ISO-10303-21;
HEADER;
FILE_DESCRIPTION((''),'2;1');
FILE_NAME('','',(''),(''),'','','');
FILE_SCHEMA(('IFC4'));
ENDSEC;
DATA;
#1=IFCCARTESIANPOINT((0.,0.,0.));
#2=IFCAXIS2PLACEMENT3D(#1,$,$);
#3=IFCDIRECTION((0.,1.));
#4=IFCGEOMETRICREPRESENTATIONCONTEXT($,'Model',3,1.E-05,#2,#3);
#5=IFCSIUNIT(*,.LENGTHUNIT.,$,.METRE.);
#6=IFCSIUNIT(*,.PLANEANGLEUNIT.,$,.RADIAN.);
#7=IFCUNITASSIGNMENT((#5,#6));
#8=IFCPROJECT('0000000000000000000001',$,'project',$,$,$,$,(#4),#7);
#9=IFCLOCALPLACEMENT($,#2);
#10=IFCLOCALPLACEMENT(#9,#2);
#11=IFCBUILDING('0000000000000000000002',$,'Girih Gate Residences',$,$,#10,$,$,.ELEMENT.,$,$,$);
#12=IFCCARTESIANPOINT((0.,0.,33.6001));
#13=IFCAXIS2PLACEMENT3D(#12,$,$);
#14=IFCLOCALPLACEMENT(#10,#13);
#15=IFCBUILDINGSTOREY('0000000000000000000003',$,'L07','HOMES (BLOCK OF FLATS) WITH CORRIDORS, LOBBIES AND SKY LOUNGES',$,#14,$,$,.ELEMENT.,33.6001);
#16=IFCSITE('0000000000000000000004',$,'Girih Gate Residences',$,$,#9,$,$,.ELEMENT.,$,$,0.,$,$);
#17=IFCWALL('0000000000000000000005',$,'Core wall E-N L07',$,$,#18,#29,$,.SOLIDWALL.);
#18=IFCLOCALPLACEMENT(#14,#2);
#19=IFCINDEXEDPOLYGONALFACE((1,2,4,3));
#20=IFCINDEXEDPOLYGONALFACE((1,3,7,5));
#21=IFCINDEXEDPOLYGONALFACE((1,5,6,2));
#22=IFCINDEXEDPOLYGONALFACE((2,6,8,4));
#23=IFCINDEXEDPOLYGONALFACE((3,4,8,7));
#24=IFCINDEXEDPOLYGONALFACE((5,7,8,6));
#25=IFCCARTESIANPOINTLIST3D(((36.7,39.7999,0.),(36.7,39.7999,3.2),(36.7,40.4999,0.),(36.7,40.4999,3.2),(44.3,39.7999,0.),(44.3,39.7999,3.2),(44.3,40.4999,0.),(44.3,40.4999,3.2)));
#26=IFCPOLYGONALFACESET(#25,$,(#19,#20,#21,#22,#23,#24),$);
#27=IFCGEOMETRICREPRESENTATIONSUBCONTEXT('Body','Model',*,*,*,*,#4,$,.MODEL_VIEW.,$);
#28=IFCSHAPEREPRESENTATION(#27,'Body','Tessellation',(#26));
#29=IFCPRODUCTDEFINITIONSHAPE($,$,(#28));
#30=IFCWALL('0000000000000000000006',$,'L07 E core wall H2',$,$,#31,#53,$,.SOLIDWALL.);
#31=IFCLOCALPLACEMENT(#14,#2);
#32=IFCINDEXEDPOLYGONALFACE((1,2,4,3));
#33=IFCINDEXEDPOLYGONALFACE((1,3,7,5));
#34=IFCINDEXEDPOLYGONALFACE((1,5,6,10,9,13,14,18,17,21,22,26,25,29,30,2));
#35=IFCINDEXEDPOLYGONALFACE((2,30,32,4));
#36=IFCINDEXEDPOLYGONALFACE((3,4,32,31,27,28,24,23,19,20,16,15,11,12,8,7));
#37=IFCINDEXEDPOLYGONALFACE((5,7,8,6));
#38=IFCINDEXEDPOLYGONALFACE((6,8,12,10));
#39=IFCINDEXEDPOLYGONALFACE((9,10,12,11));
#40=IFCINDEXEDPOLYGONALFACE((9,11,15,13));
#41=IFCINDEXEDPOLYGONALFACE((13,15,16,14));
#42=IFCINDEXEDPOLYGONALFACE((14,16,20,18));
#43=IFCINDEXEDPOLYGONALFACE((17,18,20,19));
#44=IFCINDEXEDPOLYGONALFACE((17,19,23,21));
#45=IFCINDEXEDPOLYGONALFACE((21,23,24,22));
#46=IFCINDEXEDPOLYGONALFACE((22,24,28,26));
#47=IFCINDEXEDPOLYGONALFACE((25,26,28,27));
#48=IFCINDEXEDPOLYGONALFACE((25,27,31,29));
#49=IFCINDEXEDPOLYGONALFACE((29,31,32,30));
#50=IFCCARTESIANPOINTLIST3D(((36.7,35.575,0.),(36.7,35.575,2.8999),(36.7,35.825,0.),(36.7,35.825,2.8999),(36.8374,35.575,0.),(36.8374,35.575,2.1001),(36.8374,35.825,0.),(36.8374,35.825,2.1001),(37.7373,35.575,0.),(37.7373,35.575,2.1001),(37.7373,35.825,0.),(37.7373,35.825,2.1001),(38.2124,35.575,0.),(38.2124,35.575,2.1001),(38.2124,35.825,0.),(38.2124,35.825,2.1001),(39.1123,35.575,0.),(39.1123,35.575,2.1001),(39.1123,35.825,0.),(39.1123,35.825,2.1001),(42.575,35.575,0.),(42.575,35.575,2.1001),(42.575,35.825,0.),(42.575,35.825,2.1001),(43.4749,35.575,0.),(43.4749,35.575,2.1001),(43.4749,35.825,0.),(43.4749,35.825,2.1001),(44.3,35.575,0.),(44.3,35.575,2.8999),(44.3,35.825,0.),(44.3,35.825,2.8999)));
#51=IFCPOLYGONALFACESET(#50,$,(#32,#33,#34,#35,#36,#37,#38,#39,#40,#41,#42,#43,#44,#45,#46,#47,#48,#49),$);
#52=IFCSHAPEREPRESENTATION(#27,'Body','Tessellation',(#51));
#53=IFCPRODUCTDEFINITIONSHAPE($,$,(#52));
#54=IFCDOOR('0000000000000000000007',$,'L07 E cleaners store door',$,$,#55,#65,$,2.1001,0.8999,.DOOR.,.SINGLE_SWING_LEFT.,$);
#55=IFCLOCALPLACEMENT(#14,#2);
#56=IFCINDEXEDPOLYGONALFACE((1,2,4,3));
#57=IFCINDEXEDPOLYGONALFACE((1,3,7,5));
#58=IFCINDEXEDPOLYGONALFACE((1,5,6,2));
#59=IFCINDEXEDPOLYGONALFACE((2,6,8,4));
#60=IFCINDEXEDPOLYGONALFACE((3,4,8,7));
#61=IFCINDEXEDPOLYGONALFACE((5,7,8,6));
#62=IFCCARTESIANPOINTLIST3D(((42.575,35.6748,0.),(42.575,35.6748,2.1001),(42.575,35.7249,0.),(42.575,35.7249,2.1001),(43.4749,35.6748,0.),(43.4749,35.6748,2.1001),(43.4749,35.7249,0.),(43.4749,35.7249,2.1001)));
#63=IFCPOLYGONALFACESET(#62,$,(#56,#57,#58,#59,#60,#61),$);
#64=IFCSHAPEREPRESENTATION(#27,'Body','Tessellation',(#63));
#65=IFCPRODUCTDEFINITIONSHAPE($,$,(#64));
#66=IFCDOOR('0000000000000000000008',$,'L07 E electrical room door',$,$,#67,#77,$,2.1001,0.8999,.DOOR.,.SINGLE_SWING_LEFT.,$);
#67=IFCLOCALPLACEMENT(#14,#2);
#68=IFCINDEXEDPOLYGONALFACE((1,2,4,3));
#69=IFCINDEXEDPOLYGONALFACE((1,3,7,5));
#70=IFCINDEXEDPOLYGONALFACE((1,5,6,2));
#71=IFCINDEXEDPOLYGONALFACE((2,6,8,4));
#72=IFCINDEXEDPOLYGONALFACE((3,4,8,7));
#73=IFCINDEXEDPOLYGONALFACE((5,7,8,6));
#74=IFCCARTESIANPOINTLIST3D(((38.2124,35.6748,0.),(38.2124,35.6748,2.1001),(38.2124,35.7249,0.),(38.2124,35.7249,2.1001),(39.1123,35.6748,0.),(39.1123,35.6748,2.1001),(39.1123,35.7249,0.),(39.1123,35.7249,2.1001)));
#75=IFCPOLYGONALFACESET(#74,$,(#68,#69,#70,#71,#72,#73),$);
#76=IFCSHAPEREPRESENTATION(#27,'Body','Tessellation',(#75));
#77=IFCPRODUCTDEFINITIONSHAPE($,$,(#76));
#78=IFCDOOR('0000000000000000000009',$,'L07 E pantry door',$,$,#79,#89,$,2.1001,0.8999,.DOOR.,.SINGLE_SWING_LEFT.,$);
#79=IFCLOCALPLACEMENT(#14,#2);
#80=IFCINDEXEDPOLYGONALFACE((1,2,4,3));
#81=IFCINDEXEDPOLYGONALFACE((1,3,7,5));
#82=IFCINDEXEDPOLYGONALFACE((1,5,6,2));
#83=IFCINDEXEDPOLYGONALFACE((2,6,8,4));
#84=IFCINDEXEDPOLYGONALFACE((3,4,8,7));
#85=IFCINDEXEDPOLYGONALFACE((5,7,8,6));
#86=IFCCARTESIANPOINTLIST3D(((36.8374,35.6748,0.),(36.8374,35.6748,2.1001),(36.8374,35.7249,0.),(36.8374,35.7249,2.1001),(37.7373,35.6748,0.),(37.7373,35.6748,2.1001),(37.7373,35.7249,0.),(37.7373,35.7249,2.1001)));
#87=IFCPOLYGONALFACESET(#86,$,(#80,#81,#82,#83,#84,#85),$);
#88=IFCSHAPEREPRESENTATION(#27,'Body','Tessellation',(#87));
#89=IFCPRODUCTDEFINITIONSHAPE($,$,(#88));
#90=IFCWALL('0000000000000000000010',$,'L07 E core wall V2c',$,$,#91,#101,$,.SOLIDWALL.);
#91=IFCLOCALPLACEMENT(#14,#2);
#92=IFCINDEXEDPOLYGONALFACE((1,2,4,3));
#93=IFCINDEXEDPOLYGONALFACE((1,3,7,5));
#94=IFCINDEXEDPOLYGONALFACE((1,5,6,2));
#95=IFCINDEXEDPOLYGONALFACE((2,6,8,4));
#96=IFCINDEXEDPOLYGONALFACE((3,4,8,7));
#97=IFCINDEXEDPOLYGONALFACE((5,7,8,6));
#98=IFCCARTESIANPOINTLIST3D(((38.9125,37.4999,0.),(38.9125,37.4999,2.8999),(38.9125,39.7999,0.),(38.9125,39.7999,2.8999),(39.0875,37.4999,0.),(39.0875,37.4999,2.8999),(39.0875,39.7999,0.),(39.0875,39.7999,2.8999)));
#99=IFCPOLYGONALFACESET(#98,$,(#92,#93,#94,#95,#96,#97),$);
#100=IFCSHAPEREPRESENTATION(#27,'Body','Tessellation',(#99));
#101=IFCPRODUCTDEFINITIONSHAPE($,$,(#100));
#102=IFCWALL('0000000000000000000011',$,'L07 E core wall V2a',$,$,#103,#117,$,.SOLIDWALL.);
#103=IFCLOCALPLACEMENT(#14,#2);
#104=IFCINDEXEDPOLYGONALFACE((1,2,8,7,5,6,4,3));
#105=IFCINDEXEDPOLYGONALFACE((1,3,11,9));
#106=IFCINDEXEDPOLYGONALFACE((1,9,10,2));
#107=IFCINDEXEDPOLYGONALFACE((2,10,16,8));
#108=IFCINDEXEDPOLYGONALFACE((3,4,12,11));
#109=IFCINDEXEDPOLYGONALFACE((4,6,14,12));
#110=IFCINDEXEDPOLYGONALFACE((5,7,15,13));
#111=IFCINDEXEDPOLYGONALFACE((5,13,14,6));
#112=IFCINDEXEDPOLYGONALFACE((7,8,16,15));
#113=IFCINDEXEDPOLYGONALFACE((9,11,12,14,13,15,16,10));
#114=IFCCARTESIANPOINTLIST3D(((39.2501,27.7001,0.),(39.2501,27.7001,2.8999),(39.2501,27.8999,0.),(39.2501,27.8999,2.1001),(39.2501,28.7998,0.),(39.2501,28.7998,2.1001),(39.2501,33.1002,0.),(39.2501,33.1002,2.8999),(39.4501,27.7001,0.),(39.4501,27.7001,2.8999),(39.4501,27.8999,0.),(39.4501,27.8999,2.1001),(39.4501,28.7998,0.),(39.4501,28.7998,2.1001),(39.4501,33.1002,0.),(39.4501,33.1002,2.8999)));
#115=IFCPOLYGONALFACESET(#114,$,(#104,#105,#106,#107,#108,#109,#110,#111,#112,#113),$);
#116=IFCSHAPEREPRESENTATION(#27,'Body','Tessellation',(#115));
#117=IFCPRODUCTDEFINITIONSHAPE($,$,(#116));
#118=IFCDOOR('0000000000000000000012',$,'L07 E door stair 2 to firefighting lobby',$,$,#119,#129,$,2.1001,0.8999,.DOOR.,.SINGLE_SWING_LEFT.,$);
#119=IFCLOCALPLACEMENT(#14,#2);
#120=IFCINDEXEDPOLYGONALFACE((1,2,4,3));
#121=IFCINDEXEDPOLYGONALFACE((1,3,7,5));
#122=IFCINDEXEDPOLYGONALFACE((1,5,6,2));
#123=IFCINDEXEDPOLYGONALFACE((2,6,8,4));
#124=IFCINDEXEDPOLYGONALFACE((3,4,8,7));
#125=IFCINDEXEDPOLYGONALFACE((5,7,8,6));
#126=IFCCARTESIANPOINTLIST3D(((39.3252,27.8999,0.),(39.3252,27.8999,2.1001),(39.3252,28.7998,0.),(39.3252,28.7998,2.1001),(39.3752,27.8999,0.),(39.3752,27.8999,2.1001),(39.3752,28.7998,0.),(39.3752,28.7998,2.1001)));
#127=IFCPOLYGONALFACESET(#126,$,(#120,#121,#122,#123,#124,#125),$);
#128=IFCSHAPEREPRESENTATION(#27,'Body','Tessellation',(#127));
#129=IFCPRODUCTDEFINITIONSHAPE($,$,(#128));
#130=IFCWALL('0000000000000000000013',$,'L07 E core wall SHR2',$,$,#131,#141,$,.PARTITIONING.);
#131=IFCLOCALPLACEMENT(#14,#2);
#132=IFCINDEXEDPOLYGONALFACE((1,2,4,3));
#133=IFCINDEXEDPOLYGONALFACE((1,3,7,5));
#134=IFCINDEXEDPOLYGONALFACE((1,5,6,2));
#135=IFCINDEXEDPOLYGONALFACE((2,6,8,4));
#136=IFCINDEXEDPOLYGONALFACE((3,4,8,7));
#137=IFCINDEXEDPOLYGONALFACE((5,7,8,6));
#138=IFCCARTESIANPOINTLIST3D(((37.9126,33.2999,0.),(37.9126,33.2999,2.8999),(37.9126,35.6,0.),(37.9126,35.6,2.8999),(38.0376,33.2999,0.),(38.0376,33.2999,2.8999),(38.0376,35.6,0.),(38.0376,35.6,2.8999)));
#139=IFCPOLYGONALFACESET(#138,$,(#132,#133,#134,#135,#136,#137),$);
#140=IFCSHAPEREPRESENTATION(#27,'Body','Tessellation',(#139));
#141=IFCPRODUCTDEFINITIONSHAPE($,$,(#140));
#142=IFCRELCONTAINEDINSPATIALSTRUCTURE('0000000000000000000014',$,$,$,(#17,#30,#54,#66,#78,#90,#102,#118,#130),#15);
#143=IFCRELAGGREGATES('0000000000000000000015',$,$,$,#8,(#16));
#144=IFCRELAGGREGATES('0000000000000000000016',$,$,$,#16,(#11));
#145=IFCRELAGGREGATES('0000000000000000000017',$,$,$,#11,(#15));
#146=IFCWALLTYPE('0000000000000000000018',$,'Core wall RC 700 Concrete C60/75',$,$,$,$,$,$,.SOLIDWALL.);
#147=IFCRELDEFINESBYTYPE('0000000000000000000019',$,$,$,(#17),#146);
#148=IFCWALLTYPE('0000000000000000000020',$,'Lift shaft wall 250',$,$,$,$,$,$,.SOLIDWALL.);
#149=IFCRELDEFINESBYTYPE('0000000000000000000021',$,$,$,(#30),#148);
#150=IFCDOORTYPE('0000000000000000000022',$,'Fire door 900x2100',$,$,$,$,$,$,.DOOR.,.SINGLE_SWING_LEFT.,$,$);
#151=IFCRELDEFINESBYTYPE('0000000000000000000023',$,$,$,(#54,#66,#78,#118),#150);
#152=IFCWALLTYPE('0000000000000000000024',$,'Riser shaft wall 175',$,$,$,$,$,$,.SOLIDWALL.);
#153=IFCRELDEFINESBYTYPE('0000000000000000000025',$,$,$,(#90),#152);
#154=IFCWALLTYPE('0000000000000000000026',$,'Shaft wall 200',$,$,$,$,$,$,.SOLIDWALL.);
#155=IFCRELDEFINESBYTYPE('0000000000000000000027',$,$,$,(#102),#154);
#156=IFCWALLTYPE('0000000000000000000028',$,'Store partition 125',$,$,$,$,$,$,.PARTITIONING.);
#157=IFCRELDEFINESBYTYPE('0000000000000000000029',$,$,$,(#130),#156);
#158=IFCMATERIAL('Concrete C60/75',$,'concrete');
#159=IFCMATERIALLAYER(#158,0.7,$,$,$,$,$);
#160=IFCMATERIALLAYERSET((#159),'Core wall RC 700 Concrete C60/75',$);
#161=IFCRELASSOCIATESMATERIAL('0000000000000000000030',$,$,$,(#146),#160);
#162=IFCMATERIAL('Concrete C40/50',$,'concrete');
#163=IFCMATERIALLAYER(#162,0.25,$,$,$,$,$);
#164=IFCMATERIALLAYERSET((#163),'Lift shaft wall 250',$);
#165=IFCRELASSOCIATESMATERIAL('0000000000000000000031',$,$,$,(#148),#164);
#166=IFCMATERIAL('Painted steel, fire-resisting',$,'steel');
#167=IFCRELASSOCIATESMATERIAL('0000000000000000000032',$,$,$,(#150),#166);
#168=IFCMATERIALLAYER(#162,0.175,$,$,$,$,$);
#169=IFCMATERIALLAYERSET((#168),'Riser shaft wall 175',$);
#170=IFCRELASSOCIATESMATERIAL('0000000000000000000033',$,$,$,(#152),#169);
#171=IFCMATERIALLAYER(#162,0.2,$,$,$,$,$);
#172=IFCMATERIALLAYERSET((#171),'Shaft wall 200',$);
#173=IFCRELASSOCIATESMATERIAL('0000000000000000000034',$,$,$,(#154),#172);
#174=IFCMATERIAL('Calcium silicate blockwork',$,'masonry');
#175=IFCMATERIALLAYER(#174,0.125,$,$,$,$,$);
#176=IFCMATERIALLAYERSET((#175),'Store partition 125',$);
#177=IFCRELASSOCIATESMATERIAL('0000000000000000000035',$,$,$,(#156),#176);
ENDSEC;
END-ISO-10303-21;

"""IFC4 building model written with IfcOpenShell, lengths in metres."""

from ifc_helpers import new_model, si_unit, direction, frame, frame_2d, origin, place, context, subcontext, project, spatial, rectangle, extrude, material, layer, layer_set, type_object, element, fill, save


model = new_model("IFC4")

# Units and contexts
model_context = context("Model", 3, precision=1e-05, world=origin(), true_north=direction((0.0, 1.0)))
body_context = subcontext(model_context, "Body", "Model", "MODEL_VIEW")
ifc_project = project(units=[si_unit("LENGTHUNIT", "METRE"), si_unit("PLANEANGLEUNIT", "RADIAN")], contexts=[model_context])

# Site, building, storey
site_placement = place(None, origin())
site = spatial("IfcSite", under=ifc_project, at=site_placement, Name="Girih Gate Residences", CompositionType="ELEMENT", RefElevation=0.0)
building_placement = place(site_placement, origin())
building = spatial("IfcBuilding", under=site, at=building_placement, Name="Girih Gate Residences", CompositionType="ELEMENT")
storey_placement = place(building_placement, frame((0.0, 0.0, 33.6001)))
storey = spatial("IfcBuildingStorey", under=building, at=storey_placement, Name="L07", Description="HOMES (BLOCK OF FLATS) WITH CORRIDORS, LOBBIES AND SKY LOUNGES", CompositionType="ELEMENT", Elevation=33.6001)

# Wall
ifc_material_1 = material(Name="Concrete C60/75", Category="concrete")
ifc_layer_1 = layer(ifc_material_1, 0.7)
ifc_layer_set_1 = layer_set([ifc_layer_1], Name="Core wall RC 700 Concrete C60/75")
wall_type_1 = type_object("IfcWallType", Name="Core wall RC 700 Concrete C60/75", PredefinedType="SOLIDWALL", material=ifc_layer_set_1)
wall_1_placement = place(storey_placement, frame((36.7, 40.1499, 0.0), z_axis=(0.0, 0.0, 1.0), x_axis=(1.0, 0.0, 0.0)))
element("IfcWall", 1, at=wall_1_placement, inside=storey, type_object=wall_type_1, Name="Core wall E-N L07", PredefinedType="SOLIDWALL", context=body_context, shape_type="SweptSolid", body=[
    extrude(rectangle(XDim=7.6001, YDim=0.7, at=frame_2d((3.8, 0.0))), origin(), (0.0, 0.0, 1.0), 3.2),
])

# Wall, openings, doors
ifc_material_2 = material(Name="Concrete C40/50", Category="concrete")
ifc_layer_2 = layer(ifc_material_2, 0.25)
ifc_layer_set_2 = layer_set([ifc_layer_2], Name="Lift shaft wall 250")
wall_type_2 = type_object("IfcWallType", Name="Lift shaft wall 250", PredefinedType="SOLIDWALL", material=ifc_layer_set_2)
wall_2_placement = place(storey_placement, frame((36.7, 35.7, 0.0), z_axis=(0.0, 0.0, 1.0), x_axis=(1.0, 0.0, 0.0)))
wall_2 = element("IfcWall", 2, at=wall_2_placement, inside=storey, type_object=wall_type_2, Name="L07 E core wall H2", PredefinedType="SOLIDWALL", context=body_context, shape_type="SweptSolid", body=[
    extrude(rectangle(XDim=7.6001, YDim=0.25, at=frame_2d((3.8, 0.0))), origin(), (0.0, 0.0, 1.0), 2.8999),
])
opening_1_placement = place(wall_2_placement, frame((5.875, 0.0, 0.0)))
opening_1 = element("IfcOpeningElement", 3, at=opening_1_placement, cuts=wall_2, PredefinedType="OPENING", context=body_context, shape_type="SweptSolid", body=[
    extrude(rectangle(XDim=0.8999, YDim=2.1001, at=frame_2d((0.45, 1.05))), frame((0.0, 0.135, 0.0), z_axis=(0.0, -1.0, 0.0), x_axis=(1.0, 0.0, 0.0)), (0.0, 0.0, 1.0), 0.27),
])
opening_2_placement = place(wall_2_placement, frame((1.5125, 0.0, 0.0)))
opening_2 = element("IfcOpeningElement", 4, at=opening_2_placement, cuts=wall_2, PredefinedType="OPENING", context=body_context, shape_type="SweptSolid", body=[
    extrude(rectangle(XDim=0.8999, YDim=2.1001, at=frame_2d((0.45, 1.05))), frame((0.0, 0.135, 0.0), z_axis=(0.0, -1.0, 0.0), x_axis=(1.0, 0.0, 0.0)), (0.0, 0.0, 1.0), 0.27),
])
opening_3_placement = place(wall_2_placement, frame((0.1375, 0.0, 0.0)))
opening_3 = element("IfcOpeningElement", 5, at=opening_3_placement, cuts=wall_2, PredefinedType="OPENING", context=body_context, shape_type="SweptSolid", body=[
    extrude(rectangle(XDim=0.8999, YDim=2.1001, at=frame_2d((0.45, 1.05))), frame((0.0, 0.135, 0.0), z_axis=(0.0, -1.0, 0.0), x_axis=(1.0, 0.0, 0.0)), (0.0, 0.0, 1.0), 0.27),
])
ifc_material_3 = material(Name="Painted steel, fire-resisting", Category="steel")
door_type_1 = type_object("IfcDoorType", Name="Fire door 900x2100", OperationType="SINGLE_SWING_LEFT", PredefinedType="DOOR", material=ifc_material_3)
door_1_placement = place(opening_1_placement, origin())
door_1 = element("IfcDoor", 6, at=door_1_placement, inside=storey, type_object=door_type_1, Name="L07 E cleaners store door", OperationType="SINGLE_SWING_LEFT", OverallHeight=2.1001, OverallWidth=0.8999, PredefinedType="DOOR", context=body_context, shape_type="SweptSolid", body=[
    extrude(rectangle(XDim=0.8999, YDim=2.1001, at=frame_2d((0.45, 1.05))), frame((0.0, 0.0249, 0.0), z_axis=(0.0, -1.0, 0.0), x_axis=(1.0, 0.0, 0.0)), (0.0, 0.0, 1.0), 0.05),
])
fill(opening_1, door_1)
door_2_placement = place(opening_2_placement, origin())
door_2 = element("IfcDoor", 7, at=door_2_placement, inside=storey, type_object=door_type_1, Name="L07 E electrical room door", OperationType="SINGLE_SWING_LEFT", OverallHeight=2.1001, OverallWidth=0.8999, PredefinedType="DOOR", context=body_context, shape_type="SweptSolid", body=[
    extrude(rectangle(XDim=0.8999, YDim=2.1001, at=frame_2d((0.45, 1.05))), frame((0.0, 0.0249, 0.0), z_axis=(0.0, -1.0, 0.0), x_axis=(1.0, 0.0, 0.0)), (0.0, 0.0, 1.0), 0.05),
])
fill(opening_2, door_2)
door_3_placement = place(opening_3_placement, origin())
door_3 = element("IfcDoor", 8, at=door_3_placement, inside=storey, type_object=door_type_1, Name="L07 E pantry door", OperationType="SINGLE_SWING_LEFT", OverallHeight=2.1001, OverallWidth=0.8999, PredefinedType="DOOR", context=body_context, shape_type="SweptSolid", body=[
    extrude(rectangle(XDim=0.8999, YDim=2.1001, at=frame_2d((0.45, 1.05))), frame((0.0, 0.0249, 0.0), z_axis=(0.0, -1.0, 0.0), x_axis=(1.0, 0.0, 0.0)), (0.0, 0.0, 1.0), 0.05),
])
fill(opening_3, door_3)

# Wall
ifc_layer_3 = layer(ifc_material_2, 0.175)
ifc_layer_set_3 = layer_set([ifc_layer_3], Name="Riser shaft wall 175")
wall_type_3 = type_object("IfcWallType", Name="Riser shaft wall 175", PredefinedType="SOLIDWALL", material=ifc_layer_set_3)
wall_3_placement = place(storey_placement, frame((39.0, 37.5, 0.0), z_axis=(0.0, 0.0, 1.0), x_axis=(0.0, 1.0, 0.0)))
element("IfcWall", 9, at=wall_3_placement, inside=storey, type_object=wall_type_3, Name="L07 E core wall V2c", PredefinedType="SOLIDWALL", context=body_context, shape_type="SweptSolid", body=[
    extrude(rectangle(XDim=2.3, YDim=0.175, at=frame_2d((1.1499, 0.0))), origin(), (0.0, 0.0, 1.0), 2.8999),
])

# Wall, opening, door
ifc_layer_4 = layer(ifc_material_2, 0.2)
ifc_layer_set_4 = layer_set([ifc_layer_4], Name="Shaft wall 200")
wall_type_4 = type_object("IfcWallType", Name="Shaft wall 200", PredefinedType="SOLIDWALL", material=ifc_layer_set_4)
wall_4_placement = place(storey_placement, frame((39.3501, 27.7, 0.0), z_axis=(0.0, 0.0, 1.0), x_axis=(0.0, 1.0, 0.0)))
wall_4 = element("IfcWall", 10, at=wall_4_placement, inside=storey, type_object=wall_type_4, Name="L07 E core wall V2a", PredefinedType="SOLIDWALL", context=body_context, shape_type="SweptSolid", body=[
    extrude(rectangle(XDim=5.4001, YDim=0.2, at=frame_2d((2.7002, 0.0))), origin(), (0.0, 0.0, 1.0), 2.8999),
])
opening_4_placement = place(wall_4_placement, frame((0.2, 0.0, 0.0)))
opening_4 = element("IfcOpeningElement", 11, at=opening_4_placement, cuts=wall_4, PredefinedType="OPENING", context=body_context, shape_type="SweptSolid", body=[
    extrude(rectangle(XDim=0.8999, YDim=2.1001, at=frame_2d((0.45, 1.05))), frame((0.0, 0.1099, 0.0), z_axis=(0.0, -1.0, 0.0), x_axis=(1.0, 0.0, 0.0)), (0.0, 0.0, 1.0), 0.22),
])
door_4_placement = place(opening_4_placement, origin())
door_4 = element("IfcDoor", 12, at=door_4_placement, inside=storey, type_object=door_type_1, Name="L07 E door stair 2 to firefighting lobby", OperationType="SINGLE_SWING_LEFT", OverallHeight=2.1001, OverallWidth=0.8999, PredefinedType="DOOR", context=body_context, shape_type="SweptSolid", body=[
    extrude(rectangle(XDim=0.8999, YDim=2.1001, at=frame_2d((0.45, 1.05))), frame((0.0, 0.0249, 0.0), z_axis=(0.0, -1.0, 0.0), x_axis=(1.0, 0.0, 0.0)), (0.0, 0.0, 1.0), 0.05),
])
fill(opening_4, door_4)

# Wall
ifc_material_4 = material(Name="Calcium silicate blockwork", Category="masonry")
ifc_layer_5 = layer(ifc_material_4, 0.125)
ifc_layer_set_5 = layer_set([ifc_layer_5], Name="Store partition 125")
wall_type_5 = type_object("IfcWallType", Name="Store partition 125", PredefinedType="PARTITIONING", material=ifc_layer_set_5)
wall_5_placement = place(storey_placement, frame((37.9751, 33.3, 0.0), z_axis=(0.0, 0.0, 1.0), x_axis=(0.0, 1.0, 0.0)))
element("IfcWall", 13, at=wall_5_placement, inside=storey, type_object=wall_type_5, Name="L07 E core wall SHR2", PredefinedType="PARTITIONING", context=body_context, shape_type="SweptSolid", body=[
    extrude(rectangle(XDim=2.3, YDim=0.125, at=frame_2d((1.1499, 0.0))), origin(), (0.0, 0.0, 1.0), 2.8999),
])

save(model, "model.ifc")
